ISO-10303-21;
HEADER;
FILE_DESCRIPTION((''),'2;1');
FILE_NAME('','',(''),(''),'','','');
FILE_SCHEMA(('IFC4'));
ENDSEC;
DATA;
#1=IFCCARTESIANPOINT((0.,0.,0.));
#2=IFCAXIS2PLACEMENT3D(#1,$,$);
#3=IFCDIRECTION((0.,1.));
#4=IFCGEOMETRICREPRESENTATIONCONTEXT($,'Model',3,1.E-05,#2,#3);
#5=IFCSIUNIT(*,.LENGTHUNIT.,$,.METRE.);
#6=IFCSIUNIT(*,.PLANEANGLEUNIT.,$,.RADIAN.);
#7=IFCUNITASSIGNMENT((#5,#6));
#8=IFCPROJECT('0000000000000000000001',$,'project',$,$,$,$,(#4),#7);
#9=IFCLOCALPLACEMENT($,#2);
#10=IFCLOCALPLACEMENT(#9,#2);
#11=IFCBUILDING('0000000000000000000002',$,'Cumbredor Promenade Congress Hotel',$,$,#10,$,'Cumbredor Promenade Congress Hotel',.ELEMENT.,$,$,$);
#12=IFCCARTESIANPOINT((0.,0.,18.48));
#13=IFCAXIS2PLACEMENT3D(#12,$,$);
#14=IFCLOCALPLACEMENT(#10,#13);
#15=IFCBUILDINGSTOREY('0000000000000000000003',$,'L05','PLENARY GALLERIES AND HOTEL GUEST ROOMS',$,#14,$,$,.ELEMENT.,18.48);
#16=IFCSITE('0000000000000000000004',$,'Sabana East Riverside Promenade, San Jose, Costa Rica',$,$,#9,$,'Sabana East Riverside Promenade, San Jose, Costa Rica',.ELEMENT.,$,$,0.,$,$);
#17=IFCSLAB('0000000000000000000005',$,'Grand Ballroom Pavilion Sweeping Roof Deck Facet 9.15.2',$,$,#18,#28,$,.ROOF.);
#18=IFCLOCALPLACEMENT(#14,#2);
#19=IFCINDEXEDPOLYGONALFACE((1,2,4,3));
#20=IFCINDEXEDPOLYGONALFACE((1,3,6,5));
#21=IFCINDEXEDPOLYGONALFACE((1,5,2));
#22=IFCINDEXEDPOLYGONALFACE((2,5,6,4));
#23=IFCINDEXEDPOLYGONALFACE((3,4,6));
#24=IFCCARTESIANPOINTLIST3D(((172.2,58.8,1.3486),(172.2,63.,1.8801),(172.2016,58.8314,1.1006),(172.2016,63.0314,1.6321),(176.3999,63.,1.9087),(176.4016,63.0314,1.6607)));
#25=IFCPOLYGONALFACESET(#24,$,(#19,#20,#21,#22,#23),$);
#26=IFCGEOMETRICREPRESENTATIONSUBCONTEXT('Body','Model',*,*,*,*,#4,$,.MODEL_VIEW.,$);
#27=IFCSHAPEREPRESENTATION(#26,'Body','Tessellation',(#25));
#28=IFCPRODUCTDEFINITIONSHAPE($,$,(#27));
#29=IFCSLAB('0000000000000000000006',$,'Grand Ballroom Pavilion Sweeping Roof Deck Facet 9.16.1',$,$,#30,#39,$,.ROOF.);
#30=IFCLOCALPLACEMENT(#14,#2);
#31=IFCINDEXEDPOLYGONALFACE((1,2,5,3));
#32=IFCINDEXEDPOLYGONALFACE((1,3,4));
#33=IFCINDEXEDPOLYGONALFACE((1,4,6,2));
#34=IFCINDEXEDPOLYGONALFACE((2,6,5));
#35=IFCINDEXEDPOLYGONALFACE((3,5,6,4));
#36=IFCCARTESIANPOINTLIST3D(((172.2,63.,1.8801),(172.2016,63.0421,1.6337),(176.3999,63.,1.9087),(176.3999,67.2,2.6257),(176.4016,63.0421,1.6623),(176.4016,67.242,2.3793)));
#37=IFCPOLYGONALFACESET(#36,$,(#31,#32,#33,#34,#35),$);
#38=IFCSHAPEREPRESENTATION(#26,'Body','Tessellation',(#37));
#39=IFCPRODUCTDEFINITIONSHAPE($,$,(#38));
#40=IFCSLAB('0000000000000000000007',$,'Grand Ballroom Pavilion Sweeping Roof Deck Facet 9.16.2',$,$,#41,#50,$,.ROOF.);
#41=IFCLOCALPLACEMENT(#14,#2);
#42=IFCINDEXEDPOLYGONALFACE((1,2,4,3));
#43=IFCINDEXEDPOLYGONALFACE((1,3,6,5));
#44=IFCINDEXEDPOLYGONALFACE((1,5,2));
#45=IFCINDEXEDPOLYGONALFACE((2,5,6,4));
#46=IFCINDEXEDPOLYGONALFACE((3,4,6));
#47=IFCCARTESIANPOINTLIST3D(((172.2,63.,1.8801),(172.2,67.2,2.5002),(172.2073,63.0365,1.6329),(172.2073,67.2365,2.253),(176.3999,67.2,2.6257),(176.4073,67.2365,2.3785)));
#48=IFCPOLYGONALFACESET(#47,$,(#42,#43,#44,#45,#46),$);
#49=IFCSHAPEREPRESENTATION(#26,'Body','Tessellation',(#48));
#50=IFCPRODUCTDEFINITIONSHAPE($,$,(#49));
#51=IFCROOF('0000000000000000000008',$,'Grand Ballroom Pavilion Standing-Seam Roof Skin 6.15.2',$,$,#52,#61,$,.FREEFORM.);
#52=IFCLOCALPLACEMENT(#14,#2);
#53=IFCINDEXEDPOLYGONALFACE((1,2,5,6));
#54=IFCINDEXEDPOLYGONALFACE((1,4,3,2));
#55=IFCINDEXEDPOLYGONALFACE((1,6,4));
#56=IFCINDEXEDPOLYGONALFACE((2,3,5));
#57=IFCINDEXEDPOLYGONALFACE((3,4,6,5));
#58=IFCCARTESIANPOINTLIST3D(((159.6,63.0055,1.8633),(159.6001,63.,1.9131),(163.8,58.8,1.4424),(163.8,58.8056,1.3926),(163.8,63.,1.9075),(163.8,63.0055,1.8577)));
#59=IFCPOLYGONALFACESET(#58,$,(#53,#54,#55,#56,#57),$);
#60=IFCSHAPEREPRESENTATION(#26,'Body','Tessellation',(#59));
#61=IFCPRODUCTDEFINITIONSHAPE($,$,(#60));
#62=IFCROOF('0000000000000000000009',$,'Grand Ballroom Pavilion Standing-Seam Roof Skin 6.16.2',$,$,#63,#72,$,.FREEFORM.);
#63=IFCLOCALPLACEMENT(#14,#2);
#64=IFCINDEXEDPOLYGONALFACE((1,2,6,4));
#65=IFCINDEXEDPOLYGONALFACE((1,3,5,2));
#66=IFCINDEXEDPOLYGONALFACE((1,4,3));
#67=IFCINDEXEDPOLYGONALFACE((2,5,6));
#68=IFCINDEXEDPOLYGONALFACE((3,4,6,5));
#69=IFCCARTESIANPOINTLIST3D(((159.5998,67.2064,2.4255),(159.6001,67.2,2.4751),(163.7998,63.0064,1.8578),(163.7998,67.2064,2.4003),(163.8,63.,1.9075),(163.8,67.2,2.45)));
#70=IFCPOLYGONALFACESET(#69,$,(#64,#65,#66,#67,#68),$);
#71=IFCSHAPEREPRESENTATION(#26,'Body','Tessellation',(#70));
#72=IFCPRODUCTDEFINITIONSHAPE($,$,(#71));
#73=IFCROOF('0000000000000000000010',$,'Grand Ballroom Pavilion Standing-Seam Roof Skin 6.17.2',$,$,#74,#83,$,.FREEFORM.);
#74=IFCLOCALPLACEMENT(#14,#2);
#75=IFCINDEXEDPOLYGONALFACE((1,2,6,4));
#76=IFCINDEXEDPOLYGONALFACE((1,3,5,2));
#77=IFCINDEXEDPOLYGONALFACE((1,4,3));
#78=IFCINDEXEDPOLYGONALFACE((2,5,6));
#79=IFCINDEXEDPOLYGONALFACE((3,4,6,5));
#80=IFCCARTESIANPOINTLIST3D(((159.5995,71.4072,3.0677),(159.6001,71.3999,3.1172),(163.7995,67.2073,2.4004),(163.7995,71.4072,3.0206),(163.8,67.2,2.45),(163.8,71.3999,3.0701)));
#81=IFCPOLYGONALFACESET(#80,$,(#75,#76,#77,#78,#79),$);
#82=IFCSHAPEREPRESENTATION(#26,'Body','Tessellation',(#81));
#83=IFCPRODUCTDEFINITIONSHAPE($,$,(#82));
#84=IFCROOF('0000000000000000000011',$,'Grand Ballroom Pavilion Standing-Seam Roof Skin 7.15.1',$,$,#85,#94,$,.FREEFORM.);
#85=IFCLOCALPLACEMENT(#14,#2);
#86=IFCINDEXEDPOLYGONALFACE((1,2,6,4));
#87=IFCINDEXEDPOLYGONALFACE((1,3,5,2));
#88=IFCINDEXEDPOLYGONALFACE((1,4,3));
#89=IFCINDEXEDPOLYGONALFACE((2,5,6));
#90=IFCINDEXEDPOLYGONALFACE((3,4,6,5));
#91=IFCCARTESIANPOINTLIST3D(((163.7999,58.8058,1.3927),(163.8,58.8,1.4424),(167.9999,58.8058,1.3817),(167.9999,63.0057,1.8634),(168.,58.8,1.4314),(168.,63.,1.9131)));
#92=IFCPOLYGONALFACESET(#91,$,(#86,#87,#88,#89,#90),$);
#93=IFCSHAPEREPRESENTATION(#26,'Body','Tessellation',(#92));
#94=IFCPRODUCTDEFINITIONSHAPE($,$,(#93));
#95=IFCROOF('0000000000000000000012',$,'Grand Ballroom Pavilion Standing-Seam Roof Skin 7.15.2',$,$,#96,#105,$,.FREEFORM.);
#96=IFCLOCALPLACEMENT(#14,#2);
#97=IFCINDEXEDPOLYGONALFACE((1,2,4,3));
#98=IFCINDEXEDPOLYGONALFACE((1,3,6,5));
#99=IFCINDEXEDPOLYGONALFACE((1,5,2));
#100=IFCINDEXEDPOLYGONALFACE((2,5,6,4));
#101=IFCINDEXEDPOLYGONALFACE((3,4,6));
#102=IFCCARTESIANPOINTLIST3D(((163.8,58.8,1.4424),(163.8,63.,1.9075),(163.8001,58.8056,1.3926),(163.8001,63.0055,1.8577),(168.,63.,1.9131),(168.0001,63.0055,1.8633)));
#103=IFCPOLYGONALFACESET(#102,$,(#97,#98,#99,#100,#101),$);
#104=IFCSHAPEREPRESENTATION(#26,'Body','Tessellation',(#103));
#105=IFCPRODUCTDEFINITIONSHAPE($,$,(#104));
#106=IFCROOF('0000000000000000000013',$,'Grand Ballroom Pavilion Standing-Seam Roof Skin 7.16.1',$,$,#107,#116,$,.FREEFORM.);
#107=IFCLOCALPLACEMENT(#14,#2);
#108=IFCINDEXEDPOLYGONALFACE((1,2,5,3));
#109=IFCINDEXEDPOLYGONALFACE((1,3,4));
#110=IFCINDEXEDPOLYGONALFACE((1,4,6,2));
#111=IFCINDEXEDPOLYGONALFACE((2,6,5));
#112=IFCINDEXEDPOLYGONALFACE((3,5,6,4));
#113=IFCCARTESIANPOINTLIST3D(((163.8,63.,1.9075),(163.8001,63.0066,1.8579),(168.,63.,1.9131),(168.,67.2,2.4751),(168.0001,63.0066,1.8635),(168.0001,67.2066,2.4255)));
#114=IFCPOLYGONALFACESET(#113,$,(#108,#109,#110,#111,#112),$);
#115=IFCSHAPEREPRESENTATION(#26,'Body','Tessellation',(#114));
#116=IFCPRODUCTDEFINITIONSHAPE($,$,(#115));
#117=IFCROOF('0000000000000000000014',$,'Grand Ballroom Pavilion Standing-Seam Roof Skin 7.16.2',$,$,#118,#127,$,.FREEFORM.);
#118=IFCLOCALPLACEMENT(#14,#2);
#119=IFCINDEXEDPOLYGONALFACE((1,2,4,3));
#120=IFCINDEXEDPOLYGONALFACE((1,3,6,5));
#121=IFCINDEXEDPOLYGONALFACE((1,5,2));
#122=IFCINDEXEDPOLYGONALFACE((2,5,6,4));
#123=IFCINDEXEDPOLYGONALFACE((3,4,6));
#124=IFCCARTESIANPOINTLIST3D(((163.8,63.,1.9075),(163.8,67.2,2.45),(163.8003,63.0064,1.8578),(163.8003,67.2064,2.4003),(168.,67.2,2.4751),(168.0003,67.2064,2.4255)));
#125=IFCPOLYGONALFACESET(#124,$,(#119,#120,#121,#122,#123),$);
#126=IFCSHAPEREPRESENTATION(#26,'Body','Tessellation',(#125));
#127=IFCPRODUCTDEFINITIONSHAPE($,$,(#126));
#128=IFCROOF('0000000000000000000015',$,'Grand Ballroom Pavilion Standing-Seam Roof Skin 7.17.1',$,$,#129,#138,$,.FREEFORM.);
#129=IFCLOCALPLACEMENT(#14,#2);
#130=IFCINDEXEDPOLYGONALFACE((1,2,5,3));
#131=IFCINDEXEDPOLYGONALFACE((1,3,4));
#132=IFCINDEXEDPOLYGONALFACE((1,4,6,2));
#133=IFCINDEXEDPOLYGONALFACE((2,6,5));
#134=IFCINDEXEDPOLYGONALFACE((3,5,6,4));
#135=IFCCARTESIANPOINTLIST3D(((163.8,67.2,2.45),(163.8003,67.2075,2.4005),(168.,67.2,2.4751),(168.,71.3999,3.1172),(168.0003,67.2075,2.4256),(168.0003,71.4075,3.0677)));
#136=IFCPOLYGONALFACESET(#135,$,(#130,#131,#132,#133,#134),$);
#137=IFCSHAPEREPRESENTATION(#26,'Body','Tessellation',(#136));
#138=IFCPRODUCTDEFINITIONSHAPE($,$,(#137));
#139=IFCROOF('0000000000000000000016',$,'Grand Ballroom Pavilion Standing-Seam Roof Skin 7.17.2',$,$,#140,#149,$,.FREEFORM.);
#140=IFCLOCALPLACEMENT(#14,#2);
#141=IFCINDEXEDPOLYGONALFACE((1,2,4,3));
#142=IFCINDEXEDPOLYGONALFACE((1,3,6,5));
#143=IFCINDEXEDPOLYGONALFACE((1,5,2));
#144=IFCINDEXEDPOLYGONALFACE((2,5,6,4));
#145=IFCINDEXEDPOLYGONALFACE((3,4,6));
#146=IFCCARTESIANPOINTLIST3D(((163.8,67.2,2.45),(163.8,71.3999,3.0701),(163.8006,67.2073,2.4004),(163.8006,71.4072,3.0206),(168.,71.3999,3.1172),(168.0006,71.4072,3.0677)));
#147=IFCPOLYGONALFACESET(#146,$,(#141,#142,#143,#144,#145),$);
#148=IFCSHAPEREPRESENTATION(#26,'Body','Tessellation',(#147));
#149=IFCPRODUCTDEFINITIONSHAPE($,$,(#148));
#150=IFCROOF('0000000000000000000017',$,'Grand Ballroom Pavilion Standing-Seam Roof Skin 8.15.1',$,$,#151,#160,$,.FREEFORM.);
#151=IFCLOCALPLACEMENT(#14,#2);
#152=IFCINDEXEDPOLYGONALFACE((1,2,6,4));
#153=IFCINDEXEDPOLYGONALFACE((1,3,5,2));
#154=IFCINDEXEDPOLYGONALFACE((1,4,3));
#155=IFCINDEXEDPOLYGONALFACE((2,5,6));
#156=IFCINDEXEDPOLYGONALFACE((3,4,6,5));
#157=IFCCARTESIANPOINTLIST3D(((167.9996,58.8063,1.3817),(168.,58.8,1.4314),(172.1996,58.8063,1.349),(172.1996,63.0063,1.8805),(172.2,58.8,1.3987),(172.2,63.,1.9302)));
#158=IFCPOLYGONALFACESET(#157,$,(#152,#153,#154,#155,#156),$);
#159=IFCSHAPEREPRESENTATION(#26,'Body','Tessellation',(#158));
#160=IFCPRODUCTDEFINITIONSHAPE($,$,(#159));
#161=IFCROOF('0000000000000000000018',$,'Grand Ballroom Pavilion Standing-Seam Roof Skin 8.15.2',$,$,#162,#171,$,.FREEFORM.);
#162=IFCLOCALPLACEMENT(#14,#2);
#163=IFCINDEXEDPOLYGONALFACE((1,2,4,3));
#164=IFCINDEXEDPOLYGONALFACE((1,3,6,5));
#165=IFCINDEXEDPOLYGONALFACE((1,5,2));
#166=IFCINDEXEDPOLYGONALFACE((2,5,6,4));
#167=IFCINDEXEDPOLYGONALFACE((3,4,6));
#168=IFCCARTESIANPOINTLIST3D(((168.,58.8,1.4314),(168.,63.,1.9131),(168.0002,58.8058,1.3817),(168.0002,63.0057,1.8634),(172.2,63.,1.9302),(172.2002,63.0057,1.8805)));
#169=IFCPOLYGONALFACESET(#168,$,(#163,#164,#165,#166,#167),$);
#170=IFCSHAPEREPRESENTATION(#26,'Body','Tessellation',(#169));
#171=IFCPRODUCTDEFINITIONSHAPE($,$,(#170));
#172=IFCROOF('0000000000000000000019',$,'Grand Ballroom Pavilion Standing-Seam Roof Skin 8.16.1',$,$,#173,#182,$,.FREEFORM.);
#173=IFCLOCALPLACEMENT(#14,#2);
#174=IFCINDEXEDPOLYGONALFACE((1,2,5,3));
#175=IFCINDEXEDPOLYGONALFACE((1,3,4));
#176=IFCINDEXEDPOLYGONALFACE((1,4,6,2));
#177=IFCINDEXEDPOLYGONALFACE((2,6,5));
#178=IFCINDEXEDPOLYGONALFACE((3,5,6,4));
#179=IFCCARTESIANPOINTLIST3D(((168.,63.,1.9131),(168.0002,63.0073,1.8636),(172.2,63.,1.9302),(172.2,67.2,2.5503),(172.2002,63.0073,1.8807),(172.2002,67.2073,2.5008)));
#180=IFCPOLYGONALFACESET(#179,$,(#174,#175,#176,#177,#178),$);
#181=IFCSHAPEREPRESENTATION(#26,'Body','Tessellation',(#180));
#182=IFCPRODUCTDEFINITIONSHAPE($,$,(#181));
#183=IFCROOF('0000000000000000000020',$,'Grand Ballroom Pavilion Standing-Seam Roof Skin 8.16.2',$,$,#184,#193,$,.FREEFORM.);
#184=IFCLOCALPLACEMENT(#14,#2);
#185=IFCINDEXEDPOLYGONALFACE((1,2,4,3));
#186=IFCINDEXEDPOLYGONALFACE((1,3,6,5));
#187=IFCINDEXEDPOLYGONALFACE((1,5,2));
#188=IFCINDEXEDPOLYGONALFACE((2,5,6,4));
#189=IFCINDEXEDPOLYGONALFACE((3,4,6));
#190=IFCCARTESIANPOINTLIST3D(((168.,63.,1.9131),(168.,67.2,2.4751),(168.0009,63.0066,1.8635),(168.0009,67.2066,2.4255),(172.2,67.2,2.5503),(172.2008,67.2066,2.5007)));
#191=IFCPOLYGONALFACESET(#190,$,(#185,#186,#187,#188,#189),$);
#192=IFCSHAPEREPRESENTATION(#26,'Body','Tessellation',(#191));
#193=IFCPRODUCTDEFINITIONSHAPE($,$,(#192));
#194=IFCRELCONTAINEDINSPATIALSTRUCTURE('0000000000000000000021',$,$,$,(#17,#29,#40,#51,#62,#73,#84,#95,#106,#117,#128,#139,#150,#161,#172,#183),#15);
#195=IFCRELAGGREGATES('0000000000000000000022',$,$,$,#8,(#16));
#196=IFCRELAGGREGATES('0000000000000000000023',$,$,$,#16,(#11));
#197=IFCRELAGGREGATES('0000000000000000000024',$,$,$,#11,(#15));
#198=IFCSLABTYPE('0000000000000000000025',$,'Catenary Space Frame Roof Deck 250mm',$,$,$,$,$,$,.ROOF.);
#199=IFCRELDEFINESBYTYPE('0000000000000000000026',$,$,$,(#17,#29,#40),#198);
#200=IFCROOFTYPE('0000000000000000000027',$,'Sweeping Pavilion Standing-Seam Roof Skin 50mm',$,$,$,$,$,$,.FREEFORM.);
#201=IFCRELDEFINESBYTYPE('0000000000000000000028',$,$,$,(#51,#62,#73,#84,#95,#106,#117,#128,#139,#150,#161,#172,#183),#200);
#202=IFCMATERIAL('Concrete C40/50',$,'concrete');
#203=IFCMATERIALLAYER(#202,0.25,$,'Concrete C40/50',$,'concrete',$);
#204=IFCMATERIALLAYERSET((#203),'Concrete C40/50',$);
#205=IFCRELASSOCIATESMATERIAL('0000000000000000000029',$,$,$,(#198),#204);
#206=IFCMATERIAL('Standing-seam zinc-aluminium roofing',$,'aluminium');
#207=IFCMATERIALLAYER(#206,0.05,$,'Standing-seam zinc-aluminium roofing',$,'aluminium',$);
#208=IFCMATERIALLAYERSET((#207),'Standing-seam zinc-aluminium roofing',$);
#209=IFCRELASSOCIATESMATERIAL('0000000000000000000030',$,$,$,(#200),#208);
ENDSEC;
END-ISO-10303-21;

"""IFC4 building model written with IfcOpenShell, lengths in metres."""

from ifc_helpers import new_model, si_unit, direction, frame, origin, place, context, subcontext, project, spatial, polyline, outline, extrude, material, layer, layer_set, type_object, element, save


model = new_model("IFC4")

# Units and contexts
model_context = context("Model", 3, precision=1e-05, world=origin(), true_north=direction((0.0, 1.0)))
body_context = subcontext(model_context, "Body", "Model", "MODEL_VIEW")
ifc_project = project(units=[si_unit("LENGTHUNIT", "METRE"), si_unit("PLANEANGLEUNIT", "RADIAN")], contexts=[model_context])

# Site, building, storey
site_placement = place(None, origin())
site = spatial("IfcSite", under=ifc_project, at=site_placement, Name="Sabana East Riverside Promenade, San Jose, Costa Rica", LongName="Sabana East Riverside Promenade, San Jose, Costa Rica", CompositionType="ELEMENT", RefElevation=0.0)
building_placement = place(site_placement, origin())
building = spatial("IfcBuilding", under=site, at=building_placement, Name="Cumbredor Promenade Congress Hotel", LongName="Cumbredor Promenade Congress Hotel", CompositionType="ELEMENT")
storey_placement = place(building_placement, frame((0.0, 0.0, 18.48)))
storey = spatial("IfcBuildingStorey", under=building, at=storey_placement, Name="L05", Description="PLENARY GALLERIES AND HOTEL GUEST ROOMS", CompositionType="ELEMENT", Elevation=18.48)

# Slabs
ifc_material_1 = material(Name="Concrete C40/50", Category="concrete")
ifc_layer_1 = layer(ifc_material_1, 0.25, Name="Concrete C40/50", Category="concrete")
ifc_layer_set_1 = layer_set([ifc_layer_1], Name="Concrete C40/50")
slab_type = type_object("IfcSlabType", Name="Catenary Space Frame Roof Deck 250mm", PredefinedType="ROOF", material=ifc_layer_set_1)
slab_1_placement = place(storey_placement, frame((172.2, 58.8, 1.3486), z_axis=(-0.006747, -0.125544, 0.992065), x_axis=(0.703984, 0.703984, 0.093875)))
element("IfcSlab", 1, at=slab_1_placement, inside=storey, type_object=slab_type, Name="Grand Ballroom Pavilion Sweeping Roof Deck Facet 9.15.2", PredefinedType="ROOF", context=body_context, shape_type="SweptSolid", body=[
    extrude(outline(polyline([(0.0, 0.0), (5.966, 0.0), (3.0066, 2.9803), (0.0, 0.0)])), origin(), (0.0, 0.0, -1.0), 0.25),
])
slab_2_placement = place(storey_placement, frame((172.2, 63.0, 1.8801), z_axis=(-0.006704, -0.168287, 0.985715), x_axis=(0.999977, 0.0, 0.006801)))
element("IfcSlab", 2, at=slab_2_placement, inside=storey, type_object=slab_type, Name="Grand Ballroom Pavilion Sweeping Roof Deck Facet 9.16.1", PredefinedType="ROOF", context=body_context, shape_type="SweptSolid", body=[
    extrude(outline(polyline([(0.0, 0.0), (4.2, 0.0), (4.2049, 4.2607), (0.0, 0.0)])), origin(), (0.0, 0.0, -1.0), 0.25),
])
slab_3_placement = place(storey_placement, frame((172.2, 63.0, 1.8801), z_axis=(-0.029545, -0.146001, 0.988843), x_axis=(0.7016, 0.7016, 0.124553)))
element("IfcSlab", 3, at=slab_3_placement, inside=storey, type_object=slab_type, Name="Grand Ballroom Pavilion Sweeping Roof Deck Facet 9.16.2", PredefinedType="ROOF", context=body_context, shape_type="SweptSolid", body=[
    extrude(outline(polyline([(0.0, 0.0), (5.9862, 0.0), (3.0239, 2.9799), (0.0, 0.0)])), origin(), (0.0, 0.0, -1.0), 0.25),
])

# Roofs
ifc_material_2 = material(Name="Standing-seam zinc-aluminium roofing", Category="aluminium")
ifc_layer_2 = layer(ifc_material_2, 0.05, Name="Standing-seam zinc-aluminium roofing", Category="aluminium")
ifc_layer_set_2 = layer_set([ifc_layer_2], Name="Standing-seam zinc-aluminium roofing")
roof_type = type_object("IfcRoofType", Name="Sweeping Pavilion Standing-Seam Roof Skin 50mm", PredefinedType="FREEFORM", material=ifc_layer_set_2)
roof_1_placement = place(storey_placement, frame((163.8, 58.8, 1.4424), z_axis=(0.001329, -0.110064, 0.993924), x_axis=(0.0, 0.993925, 0.110064)))
element("IfcRoof", 4, at=roof_1_placement, inside=storey, type_object=roof_type, Name="Grand Ballroom Pavilion Standing-Seam Roof Skin 6.15.2", PredefinedType="FREEFORM", context=body_context, shape_type="SweptSolid", body=[
    extrude(outline(polyline([(0.0, 0.0), (4.2256, 0.0), (4.2262, 4.2), (0.0, 0.0)])), origin(), (0.0, 0.0, -1.0), 0.05),
])
roof_2_placement = place(storey_placement, frame((163.8, 63.0, 1.9075), z_axis=(0.005938, -0.128097, 0.991744), x_axis=(0.0, 0.991761, 0.128099)))
element("IfcRoof", 5, at=roof_2_placement, inside=storey, type_object=roof_type, Name="Grand Ballroom Pavilion Standing-Seam Roof Skin 6.16.2", PredefinedType="FREEFORM", context=body_context, shape_type="SweptSolid", body=[
    extrude(outline(polyline([(0.0, 0.0), (4.2348, 0.0), (4.2381, 4.2), (0.0, 0.0)])), origin(), (0.0, 0.0, -1.0), 0.05),
])
roof_3_placement = place(storey_placement, frame((163.8, 67.2, 2.45), z_axis=(0.011098, -0.146056, 0.989214), x_axis=(0.0, 0.989275, 0.146065)))
element("IfcRoof", 6, at=roof_3_placement, inside=storey, type_object=roof_type, Name="Grand Ballroom Pavilion Standing-Seam Roof Skin 6.17.2", PredefinedType="FREEFORM", context=body_context, shape_type="SweptSolid", body=[
    extrude(outline(polyline([(0.0, 0.0), (4.2455, 0.0), (4.2524, 4.2002), (0.0, 0.0)])), origin(), (0.0, 0.0, -1.0), 0.05),
])
roof_4_placement = place(storey_placement, frame((163.8, 58.8, 1.4424), z_axis=(0.002599, -0.113942, 0.993484), x_axis=(0.999997, 0.0, -0.002616)))
element("IfcRoof", 7, at=roof_4_placement, inside=storey, type_object=roof_type, Name="Grand Ballroom Pavilion Standing-Seam Roof Skin 7.15.1", PredefinedType="FREEFORM", context=body_context, shape_type="SweptSolid", body=[
    extrude(outline(polyline([(0.0, 0.0), (4.2, 0.0), (4.1987, 4.2275), (0.0, 0.0)])), origin(), (0.0, 0.0, -1.0), 0.05),
])
roof_5_placement = place(storey_placement, frame((163.8, 58.8, 1.4424), z_axis=(-0.001329, -0.110064, 0.993924), x_axis=(0.704897, 0.704897, 0.079)))
element("IfcRoof", 8, at=roof_5_placement, inside=storey, type_object=roof_type, Name="Grand Ballroom Pavilion Standing-Seam Roof Skin 7.15.2", PredefinedType="FREEFORM", context=body_context, shape_type="SweptSolid", body=[
    extrude(outline(polyline([(0.0, 0.0), (5.9582, 0.0), (2.9973, 2.9786), (0.0, 0.0)])), origin(), (0.0, 0.0, -1.0), 0.05),
])
roof_6_placement = place(storey_placement, frame((163.8, 63.0, 1.9075), z_axis=(-0.001325, -0.132632, 0.991165), x_axis=(0.999999, 0.0, 0.001337)))
element("IfcRoof", 9, at=roof_6_placement, inside=storey, type_object=roof_type, Name="Grand Ballroom Pavilion Standing-Seam Roof Skin 7.16.1", PredefinedType="FREEFORM", context=body_context, shape_type="SweptSolid", body=[
    extrude(outline(polyline([(0.0, 0.0), (4.2, 0.0), (4.2007, 4.2374), (0.0, 0.0)])), origin(), (0.0, 0.0, -1.0), 0.05),
])
roof_7_placement = place(storey_placement, frame((163.8, 63.0, 1.9075), z_axis=(-0.005938, -0.128097, 0.991744), x_axis=(0.7039, 0.7039, 0.095133)))
element("IfcRoof", 10, at=roof_7_placement, inside=storey, type_object=roof_type, Name="Grand Ballroom Pavilion Standing-Seam Roof Skin 7.16.2", PredefinedType="FREEFORM", context=body_context, shape_type="SweptSolid", body=[
    extrude(outline(polyline([(0.0, 0.0), (5.9667, 0.0), (3.008, 2.981), (0.0, 0.0)])), origin(), (0.0, 0.0, -1.0), 0.05),
])
roof_8_placement = place(storey_placement, frame((163.8, 67.2, 2.45), z_axis=(-0.005918, -0.151122, 0.988497), x_axis=(0.999982, 0.0, 0.005987)))
element("IfcRoof", 11, at=roof_8_placement, inside=storey, type_object=roof_type, Name="Grand Ballroom Pavilion Standing-Seam Roof Skin 7.17.1", PredefinedType="FREEFORM", context=body_context, shape_type="SweptSolid", body=[
    extrude(outline(polyline([(0.0, 0.0), (4.2, 0.0), (4.2039, 4.2487), (0.0, 0.0)])), origin(), (0.0, 0.0, -1.0), 0.05),
])
roof_9_placement = place(storey_placement, frame((163.8, 67.2, 2.45), z_axis=(-0.011098, -0.146056, 0.989214), x_axis=(0.702687, 0.702687, 0.111634)))
element("IfcRoof", 12, at=roof_9_placement, inside=storey, type_object=roof_type, Name="Grand Ballroom Pavilion Standing-Seam Roof Skin 7.17.2", PredefinedType="FREEFORM", context=body_context, shape_type="SweptSolid", body=[
    extrude(outline(polyline([(0.0, 0.0), (5.977, 0.0), (3.0205, 2.9834), (0.0, 0.0)])), origin(), (0.0, 0.0, -1.0), 0.05),
])
roof_10_placement = place(storey_placement, frame((168.0, 58.8, 1.4314), z_axis=(0.007727, -0.125543, 0.992058), x_axis=(0.99997, 0.0, -0.007789)))
element("IfcRoof", 13, at=roof_10_placement, inside=storey, type_object=roof_type, Name="Grand Ballroom Pavilion Standing-Seam Roof Skin 8.15.1", PredefinedType="FREEFORM", context=body_context, shape_type="SweptSolid", body=[
    extrude(outline(polyline([(0.0, 0.0), (4.2001, 0.0), (4.1959, 4.2334), (0.0, 0.0)])), origin(), (0.0, 0.0, -1.0), 0.05),
])
roof_11_placement = place(storey_placement, frame((168.0, 58.8, 1.4314), z_axis=(-0.004043, -0.113941, 0.993479), x_axis=(0.704627, 0.704627, 0.08368)))
element("IfcRoof", 14, at=roof_11_placement, inside=storey, type_object=roof_type, Name="Grand Ballroom Pavilion Standing-Seam Roof Skin 8.15.2", PredefinedType="FREEFORM", context=body_context, shape_type="SweptSolid", body=[
    extrude(outline(polyline([(0.0, 0.0), (5.9605, 0.0), (2.9997, 2.9788), (0.0, 0.0)])), origin(), (0.0, 0.0, -1.0), 0.05),
])
roof_12_placement = place(storey_placement, frame((168.0, 63.0, 1.9131), z_axis=(-0.004025, -0.146064, 0.989267), x_axis=(0.999992, 0.0, 0.004069)))
element("IfcRoof", 15, at=roof_12_placement, inside=storey, type_object=roof_type, Name="Grand Ballroom Pavilion Standing-Seam Roof Skin 8.16.1", PredefinedType="FREEFORM", context=body_context, shape_type="SweptSolid", body=[
    extrude(outline(polyline([(0.0, 0.0), (4.2, 0.0), (4.2025, 4.2455), (0.0, 0.0)])), origin(), (0.0, 0.0, -1.0), 0.05),
])
roof_13_placement = place(storey_placement, frame((168.0, 63.0, 1.9131), z_axis=(-0.017743, -0.132611, 0.991009), x_axis=(0.703072, 0.703072, 0.106669)))
element("IfcRoof", 16, at=roof_13_placement, inside=storey, type_object=roof_type, Name="Grand Ballroom Pavilion Standing-Seam Roof Skin 8.16.2", PredefinedType="FREEFORM", context=body_context, shape_type="SweptSolid", body=[
    extrude(outline(polyline([(0.0, 0.0), (5.9737, 0.0), (3.0128, 2.9797), (0.0, 0.0)])), origin(), (0.0, 0.0, -1.0), 0.05),
])

save(model, "model.ifc")
